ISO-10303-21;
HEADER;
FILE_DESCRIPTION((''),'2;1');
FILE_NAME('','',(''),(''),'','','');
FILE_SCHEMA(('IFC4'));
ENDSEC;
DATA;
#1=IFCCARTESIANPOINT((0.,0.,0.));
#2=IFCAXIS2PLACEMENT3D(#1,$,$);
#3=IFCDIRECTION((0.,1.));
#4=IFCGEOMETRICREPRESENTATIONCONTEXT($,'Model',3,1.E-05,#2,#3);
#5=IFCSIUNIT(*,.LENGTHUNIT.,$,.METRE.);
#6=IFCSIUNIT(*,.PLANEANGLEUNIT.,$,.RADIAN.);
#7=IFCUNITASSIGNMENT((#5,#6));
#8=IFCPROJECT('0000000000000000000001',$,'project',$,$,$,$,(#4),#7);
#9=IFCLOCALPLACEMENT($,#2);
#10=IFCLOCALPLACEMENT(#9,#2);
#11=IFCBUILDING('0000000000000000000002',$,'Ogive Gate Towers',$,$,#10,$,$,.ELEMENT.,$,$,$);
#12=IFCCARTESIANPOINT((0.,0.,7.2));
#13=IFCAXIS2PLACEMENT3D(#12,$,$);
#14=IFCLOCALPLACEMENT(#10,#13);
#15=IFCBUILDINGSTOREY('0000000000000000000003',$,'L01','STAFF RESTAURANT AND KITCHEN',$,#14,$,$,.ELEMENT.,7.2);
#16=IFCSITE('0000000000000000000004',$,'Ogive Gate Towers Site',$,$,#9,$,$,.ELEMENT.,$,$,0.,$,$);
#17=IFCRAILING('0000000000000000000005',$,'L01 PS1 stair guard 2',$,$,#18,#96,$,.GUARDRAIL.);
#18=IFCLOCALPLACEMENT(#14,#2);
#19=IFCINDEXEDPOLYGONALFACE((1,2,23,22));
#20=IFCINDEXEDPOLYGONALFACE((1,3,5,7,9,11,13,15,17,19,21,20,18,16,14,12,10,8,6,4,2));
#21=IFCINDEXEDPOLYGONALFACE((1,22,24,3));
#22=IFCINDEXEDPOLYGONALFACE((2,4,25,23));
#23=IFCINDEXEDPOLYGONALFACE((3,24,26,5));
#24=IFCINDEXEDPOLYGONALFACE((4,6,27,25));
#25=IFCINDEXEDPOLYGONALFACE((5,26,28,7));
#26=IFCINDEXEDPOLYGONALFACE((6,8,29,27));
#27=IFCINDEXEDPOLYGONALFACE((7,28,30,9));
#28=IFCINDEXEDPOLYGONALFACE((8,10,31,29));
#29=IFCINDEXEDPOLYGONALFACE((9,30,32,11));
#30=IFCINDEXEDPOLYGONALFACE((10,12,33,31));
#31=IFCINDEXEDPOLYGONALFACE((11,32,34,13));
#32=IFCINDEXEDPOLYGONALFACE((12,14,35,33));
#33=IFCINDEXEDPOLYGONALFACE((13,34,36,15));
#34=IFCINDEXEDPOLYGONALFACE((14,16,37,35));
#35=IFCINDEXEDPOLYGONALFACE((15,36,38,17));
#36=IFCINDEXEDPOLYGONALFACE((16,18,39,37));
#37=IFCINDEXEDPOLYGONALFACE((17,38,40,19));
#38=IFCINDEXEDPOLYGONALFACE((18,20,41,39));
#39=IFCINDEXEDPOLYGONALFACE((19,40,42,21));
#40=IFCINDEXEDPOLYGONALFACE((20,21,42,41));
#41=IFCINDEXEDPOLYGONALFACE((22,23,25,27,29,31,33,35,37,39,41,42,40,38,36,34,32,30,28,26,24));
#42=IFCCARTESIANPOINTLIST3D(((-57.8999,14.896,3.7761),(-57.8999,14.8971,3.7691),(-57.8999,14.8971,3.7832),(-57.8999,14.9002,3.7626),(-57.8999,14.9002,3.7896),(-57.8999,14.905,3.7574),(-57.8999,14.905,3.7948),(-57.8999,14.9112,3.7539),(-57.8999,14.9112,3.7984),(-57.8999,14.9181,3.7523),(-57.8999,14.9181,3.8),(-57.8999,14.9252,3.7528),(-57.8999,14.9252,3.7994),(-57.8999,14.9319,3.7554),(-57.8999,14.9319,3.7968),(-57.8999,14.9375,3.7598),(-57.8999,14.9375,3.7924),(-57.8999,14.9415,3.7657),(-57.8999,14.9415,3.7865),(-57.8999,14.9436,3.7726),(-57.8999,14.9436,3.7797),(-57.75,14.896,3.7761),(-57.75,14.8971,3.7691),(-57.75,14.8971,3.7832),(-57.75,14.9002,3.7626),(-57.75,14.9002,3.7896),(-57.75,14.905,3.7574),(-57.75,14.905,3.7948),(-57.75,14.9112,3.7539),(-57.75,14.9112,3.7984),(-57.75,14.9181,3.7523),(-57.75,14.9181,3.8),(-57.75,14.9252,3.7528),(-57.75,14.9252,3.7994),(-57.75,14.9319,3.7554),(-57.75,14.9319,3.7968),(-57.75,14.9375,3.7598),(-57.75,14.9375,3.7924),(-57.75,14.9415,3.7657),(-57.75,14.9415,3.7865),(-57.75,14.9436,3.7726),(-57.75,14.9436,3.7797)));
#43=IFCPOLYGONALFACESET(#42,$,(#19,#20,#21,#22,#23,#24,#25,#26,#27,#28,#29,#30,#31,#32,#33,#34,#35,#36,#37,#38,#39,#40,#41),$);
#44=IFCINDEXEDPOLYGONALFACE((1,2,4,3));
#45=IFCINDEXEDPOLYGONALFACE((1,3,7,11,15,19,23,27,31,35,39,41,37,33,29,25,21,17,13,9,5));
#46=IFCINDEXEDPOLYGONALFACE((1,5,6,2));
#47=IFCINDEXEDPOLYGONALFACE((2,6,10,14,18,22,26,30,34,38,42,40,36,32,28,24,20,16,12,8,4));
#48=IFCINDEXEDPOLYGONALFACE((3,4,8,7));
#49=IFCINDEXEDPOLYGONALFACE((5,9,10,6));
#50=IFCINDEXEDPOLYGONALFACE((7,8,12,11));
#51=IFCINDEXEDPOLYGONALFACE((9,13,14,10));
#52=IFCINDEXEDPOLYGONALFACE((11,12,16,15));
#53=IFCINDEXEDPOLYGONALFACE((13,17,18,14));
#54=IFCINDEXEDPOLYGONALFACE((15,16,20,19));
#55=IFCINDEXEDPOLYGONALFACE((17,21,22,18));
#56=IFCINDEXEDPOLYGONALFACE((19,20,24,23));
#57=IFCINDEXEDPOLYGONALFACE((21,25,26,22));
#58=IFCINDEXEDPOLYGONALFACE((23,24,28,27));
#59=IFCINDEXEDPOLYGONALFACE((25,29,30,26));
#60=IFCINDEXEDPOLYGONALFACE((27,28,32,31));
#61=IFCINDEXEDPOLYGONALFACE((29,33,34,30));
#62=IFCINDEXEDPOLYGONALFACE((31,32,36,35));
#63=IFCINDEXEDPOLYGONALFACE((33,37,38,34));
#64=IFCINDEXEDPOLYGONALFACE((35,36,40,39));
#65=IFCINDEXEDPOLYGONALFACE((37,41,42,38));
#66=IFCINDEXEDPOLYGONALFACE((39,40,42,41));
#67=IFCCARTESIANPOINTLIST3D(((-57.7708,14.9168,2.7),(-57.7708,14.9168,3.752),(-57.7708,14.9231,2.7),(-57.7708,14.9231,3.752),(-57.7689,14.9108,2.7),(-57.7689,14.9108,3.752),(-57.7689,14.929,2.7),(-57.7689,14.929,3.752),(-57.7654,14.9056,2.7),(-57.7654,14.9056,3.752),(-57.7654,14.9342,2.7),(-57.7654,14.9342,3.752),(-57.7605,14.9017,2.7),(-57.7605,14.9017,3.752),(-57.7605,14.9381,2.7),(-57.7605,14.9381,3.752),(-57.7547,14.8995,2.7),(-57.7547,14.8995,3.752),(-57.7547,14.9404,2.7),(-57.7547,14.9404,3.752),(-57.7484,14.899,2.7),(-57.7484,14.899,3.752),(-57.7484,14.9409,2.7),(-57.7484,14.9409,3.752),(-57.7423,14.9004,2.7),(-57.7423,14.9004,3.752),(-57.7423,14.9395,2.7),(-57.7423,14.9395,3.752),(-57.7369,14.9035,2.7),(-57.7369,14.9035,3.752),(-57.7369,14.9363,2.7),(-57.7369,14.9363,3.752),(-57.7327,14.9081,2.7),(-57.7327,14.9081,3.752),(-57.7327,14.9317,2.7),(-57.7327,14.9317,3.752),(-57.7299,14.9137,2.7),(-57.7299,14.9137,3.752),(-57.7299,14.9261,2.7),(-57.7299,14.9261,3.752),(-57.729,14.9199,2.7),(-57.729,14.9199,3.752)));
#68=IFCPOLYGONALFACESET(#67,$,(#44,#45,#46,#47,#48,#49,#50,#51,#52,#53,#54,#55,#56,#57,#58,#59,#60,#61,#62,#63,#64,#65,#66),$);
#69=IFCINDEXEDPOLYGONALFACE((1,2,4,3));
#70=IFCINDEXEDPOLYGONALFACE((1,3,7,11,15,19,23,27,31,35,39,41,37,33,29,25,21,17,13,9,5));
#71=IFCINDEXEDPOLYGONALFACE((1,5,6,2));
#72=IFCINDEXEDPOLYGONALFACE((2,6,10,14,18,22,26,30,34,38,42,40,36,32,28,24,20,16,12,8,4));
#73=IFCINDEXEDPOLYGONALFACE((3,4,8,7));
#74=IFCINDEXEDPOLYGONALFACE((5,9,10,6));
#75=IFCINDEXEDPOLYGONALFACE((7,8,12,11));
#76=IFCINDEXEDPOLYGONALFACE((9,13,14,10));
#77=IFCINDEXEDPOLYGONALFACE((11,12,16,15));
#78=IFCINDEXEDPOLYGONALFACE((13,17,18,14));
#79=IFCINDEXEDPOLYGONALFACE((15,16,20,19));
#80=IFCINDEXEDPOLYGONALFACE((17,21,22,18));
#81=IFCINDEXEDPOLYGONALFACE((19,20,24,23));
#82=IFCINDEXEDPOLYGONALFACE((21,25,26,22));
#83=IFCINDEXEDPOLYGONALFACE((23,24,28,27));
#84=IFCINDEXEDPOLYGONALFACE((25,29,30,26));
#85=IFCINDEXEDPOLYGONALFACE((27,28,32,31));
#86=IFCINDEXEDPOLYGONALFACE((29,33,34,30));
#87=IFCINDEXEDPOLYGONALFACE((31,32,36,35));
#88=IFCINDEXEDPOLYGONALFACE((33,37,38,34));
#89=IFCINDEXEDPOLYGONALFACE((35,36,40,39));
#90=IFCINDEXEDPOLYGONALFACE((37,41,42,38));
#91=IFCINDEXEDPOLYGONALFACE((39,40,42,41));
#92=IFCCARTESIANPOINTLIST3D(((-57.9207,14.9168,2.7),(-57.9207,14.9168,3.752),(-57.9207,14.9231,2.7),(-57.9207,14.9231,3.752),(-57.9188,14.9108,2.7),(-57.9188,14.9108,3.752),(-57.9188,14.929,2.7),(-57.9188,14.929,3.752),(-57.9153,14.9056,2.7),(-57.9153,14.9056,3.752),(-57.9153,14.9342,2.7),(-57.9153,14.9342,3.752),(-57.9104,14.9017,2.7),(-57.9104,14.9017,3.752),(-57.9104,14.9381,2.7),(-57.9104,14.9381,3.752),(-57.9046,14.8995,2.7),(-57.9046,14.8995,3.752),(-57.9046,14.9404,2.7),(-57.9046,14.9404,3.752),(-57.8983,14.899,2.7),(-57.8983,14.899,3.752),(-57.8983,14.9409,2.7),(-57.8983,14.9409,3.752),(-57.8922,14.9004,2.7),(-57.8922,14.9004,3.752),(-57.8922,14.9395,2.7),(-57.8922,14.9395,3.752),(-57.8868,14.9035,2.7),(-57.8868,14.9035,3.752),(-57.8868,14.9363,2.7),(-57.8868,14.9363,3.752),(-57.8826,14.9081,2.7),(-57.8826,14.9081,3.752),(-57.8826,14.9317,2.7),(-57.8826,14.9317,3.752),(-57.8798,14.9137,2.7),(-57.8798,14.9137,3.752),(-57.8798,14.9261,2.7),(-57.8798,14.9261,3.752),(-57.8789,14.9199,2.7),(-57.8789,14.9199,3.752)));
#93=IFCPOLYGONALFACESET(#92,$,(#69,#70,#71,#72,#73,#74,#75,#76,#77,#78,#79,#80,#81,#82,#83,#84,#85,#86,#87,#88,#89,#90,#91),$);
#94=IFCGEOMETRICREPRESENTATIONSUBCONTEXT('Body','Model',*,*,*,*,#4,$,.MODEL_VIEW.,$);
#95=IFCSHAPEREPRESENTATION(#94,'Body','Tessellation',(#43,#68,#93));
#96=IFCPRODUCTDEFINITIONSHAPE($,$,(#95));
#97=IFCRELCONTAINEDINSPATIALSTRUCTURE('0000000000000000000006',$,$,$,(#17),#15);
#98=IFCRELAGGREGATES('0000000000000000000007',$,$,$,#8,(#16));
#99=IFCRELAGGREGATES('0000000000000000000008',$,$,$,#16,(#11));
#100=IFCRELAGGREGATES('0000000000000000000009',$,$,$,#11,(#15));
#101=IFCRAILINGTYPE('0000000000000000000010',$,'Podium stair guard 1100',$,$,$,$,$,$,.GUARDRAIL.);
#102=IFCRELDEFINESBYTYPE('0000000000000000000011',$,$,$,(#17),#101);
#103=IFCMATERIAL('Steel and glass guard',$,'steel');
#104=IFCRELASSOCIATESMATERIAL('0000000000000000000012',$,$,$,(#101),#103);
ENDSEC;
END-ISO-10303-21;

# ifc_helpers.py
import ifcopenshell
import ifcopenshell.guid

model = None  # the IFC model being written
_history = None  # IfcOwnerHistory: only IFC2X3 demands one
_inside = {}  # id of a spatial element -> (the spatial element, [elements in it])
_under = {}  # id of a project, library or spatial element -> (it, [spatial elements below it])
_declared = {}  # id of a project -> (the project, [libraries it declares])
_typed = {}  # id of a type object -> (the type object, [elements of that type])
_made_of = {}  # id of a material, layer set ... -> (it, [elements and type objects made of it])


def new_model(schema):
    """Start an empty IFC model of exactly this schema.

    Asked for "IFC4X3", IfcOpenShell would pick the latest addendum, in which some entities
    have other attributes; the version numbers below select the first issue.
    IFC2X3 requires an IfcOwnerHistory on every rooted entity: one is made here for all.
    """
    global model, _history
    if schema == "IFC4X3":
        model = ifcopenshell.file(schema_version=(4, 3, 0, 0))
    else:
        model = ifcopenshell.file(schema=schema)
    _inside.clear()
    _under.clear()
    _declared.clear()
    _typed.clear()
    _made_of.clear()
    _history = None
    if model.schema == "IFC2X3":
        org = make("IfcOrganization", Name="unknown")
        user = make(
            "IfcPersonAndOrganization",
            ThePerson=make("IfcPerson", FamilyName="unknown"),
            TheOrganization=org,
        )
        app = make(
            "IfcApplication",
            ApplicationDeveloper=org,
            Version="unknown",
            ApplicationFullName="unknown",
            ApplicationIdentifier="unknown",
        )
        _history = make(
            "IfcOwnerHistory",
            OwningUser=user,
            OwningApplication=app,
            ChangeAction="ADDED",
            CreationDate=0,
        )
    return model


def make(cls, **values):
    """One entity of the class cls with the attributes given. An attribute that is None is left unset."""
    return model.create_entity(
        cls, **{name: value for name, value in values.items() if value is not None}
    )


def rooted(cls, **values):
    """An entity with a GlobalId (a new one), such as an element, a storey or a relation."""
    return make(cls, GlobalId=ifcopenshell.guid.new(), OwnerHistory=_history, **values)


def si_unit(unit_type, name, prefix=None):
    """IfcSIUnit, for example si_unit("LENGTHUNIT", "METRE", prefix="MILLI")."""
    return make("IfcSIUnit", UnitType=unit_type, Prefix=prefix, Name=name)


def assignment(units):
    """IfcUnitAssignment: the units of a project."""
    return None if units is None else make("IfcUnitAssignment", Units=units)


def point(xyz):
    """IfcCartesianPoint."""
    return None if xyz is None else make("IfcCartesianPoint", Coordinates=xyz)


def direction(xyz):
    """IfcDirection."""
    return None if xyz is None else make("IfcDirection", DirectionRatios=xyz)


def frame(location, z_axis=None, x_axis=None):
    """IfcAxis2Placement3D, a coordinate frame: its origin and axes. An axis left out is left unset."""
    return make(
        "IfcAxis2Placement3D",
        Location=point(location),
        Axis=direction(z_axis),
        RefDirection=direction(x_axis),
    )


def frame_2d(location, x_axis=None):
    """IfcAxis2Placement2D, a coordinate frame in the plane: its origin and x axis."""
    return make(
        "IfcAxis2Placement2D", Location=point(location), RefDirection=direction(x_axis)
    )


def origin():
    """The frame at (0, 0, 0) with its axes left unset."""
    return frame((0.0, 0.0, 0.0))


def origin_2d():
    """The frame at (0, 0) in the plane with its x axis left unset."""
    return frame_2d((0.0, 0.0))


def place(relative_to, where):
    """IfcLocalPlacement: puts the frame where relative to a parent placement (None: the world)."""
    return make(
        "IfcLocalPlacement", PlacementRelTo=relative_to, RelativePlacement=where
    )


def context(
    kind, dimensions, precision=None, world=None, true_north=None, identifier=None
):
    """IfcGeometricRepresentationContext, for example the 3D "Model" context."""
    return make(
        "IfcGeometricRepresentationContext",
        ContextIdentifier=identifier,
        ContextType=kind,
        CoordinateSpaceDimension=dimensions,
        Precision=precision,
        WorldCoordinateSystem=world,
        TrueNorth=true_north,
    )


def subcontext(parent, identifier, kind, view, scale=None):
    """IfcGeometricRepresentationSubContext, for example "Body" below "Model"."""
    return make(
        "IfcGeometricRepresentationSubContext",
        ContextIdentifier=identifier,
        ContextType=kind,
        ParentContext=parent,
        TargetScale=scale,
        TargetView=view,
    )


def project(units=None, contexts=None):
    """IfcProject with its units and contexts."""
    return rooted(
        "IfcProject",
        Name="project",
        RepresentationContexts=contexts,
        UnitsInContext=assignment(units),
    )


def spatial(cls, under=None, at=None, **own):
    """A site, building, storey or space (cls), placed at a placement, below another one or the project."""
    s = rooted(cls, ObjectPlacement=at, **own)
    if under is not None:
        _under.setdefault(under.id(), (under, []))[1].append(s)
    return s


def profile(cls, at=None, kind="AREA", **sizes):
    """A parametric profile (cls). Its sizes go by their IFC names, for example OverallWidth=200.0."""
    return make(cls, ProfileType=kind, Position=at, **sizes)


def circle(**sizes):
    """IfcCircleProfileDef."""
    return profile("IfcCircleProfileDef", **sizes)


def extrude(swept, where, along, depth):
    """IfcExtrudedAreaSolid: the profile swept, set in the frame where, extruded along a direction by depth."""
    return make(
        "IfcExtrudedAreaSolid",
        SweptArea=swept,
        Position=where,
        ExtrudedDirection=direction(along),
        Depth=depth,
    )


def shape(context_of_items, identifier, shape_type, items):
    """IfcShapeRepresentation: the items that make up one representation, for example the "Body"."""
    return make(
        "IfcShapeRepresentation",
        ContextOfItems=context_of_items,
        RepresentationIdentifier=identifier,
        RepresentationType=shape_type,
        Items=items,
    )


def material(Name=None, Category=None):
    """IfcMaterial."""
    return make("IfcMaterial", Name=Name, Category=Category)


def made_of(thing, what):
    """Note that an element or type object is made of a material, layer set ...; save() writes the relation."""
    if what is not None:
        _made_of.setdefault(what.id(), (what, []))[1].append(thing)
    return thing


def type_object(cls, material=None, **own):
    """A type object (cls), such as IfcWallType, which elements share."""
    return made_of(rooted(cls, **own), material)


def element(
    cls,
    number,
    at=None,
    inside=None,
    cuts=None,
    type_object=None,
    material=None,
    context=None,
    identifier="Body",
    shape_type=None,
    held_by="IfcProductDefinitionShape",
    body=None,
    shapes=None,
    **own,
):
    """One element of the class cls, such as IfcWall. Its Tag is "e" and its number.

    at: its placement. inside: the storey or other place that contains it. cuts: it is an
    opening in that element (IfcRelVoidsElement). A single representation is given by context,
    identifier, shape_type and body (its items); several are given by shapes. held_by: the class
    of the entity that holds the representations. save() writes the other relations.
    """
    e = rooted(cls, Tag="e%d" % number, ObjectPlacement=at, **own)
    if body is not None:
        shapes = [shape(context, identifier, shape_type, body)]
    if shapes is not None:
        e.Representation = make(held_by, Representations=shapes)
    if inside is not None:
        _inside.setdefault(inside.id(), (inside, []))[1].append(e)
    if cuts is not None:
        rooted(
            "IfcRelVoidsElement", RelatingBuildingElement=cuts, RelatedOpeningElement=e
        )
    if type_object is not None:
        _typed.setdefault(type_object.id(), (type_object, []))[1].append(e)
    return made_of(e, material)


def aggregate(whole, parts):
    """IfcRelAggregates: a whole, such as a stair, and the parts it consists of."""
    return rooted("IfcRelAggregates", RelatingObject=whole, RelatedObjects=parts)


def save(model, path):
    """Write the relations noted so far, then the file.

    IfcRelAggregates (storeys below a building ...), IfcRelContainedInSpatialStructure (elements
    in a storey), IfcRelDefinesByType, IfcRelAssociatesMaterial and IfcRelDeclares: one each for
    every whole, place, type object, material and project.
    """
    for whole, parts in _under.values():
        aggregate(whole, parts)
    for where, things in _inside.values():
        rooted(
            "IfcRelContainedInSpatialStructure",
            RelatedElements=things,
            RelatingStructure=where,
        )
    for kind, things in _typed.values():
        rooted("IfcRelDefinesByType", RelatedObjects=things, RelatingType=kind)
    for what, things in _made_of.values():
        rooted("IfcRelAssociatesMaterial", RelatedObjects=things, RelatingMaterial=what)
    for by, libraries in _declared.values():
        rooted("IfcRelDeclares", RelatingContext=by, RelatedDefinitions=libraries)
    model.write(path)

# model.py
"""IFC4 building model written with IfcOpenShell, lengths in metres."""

from ifc_helpers import new_model, si_unit, direction, frame, origin, origin_2d, place, context, subcontext, project, spatial, circle, extrude, material, type_object, element, save


model = new_model("IFC4")

# Units and contexts
model_context = context("Model", 3, precision=1e-05, world=origin(), true_north=direction((0.0, 1.0)))
body_context = subcontext(model_context, "Body", "Model", "MODEL_VIEW")
ifc_project = project(units=[si_unit("LENGTHUNIT", "METRE"), si_unit("PLANEANGLEUNIT", "RADIAN")], contexts=[model_context])

# Site, building, storey
site_placement = place(None, origin())
site = spatial("IfcSite", under=ifc_project, at=site_placement, Name="Ogive Gate Towers Site", CompositionType="ELEMENT", RefElevation=0.0)
building_placement = place(site_placement, origin())
building = spatial("IfcBuilding", under=site, at=building_placement, Name="Ogive Gate Towers", CompositionType="ELEMENT")
storey_placement = place(building_placement, frame((0.0, 0.0, 7.2)))
storey = spatial("IfcBuildingStorey", under=building, at=storey_placement, Name="L01", Description="STAFF RESTAURANT AND KITCHEN", CompositionType="ELEMENT", Elevation=7.2)

# Railing
ifc_material_1 = material(Name="Steel and glass guard", Category="steel")
railing_type_1 = type_object("IfcRailingType", Name="Podium stair guard 1100", PredefinedType="GUARDRAIL", material=ifc_material_1)
railing_1_placement = place(storey_placement, frame((-57.75, 14.9199, 2.7)))
element("IfcRailing", 1, at=railing_1_placement, inside=storey, type_object=railing_type_1, Name="L01 PS1 stair guard 2", PredefinedType="GUARDRAIL", context=body_context, shape_type="SweptSolid", body=[
    extrude(circle(Radius=0.0239, at=origin_2d()), frame((0.0, 0.0, 1.0762), z_axis=(-1.0, 0.0, 0.0), x_axis=(0.0, -1.0, 0.0)), (0.0, 0.0, 1.0), 0.1499),
    extrude(circle(Radius=0.021, at=origin_2d()), origin(), (0.0, 0.0, 1.0), 1.052),
    extrude(circle(Radius=0.021, at=origin_2d()), frame((-0.1499, 0.0, 0.0)), (0.0, 0.0, 1.0), 1.052),
])

save(model, "model.ifc")
